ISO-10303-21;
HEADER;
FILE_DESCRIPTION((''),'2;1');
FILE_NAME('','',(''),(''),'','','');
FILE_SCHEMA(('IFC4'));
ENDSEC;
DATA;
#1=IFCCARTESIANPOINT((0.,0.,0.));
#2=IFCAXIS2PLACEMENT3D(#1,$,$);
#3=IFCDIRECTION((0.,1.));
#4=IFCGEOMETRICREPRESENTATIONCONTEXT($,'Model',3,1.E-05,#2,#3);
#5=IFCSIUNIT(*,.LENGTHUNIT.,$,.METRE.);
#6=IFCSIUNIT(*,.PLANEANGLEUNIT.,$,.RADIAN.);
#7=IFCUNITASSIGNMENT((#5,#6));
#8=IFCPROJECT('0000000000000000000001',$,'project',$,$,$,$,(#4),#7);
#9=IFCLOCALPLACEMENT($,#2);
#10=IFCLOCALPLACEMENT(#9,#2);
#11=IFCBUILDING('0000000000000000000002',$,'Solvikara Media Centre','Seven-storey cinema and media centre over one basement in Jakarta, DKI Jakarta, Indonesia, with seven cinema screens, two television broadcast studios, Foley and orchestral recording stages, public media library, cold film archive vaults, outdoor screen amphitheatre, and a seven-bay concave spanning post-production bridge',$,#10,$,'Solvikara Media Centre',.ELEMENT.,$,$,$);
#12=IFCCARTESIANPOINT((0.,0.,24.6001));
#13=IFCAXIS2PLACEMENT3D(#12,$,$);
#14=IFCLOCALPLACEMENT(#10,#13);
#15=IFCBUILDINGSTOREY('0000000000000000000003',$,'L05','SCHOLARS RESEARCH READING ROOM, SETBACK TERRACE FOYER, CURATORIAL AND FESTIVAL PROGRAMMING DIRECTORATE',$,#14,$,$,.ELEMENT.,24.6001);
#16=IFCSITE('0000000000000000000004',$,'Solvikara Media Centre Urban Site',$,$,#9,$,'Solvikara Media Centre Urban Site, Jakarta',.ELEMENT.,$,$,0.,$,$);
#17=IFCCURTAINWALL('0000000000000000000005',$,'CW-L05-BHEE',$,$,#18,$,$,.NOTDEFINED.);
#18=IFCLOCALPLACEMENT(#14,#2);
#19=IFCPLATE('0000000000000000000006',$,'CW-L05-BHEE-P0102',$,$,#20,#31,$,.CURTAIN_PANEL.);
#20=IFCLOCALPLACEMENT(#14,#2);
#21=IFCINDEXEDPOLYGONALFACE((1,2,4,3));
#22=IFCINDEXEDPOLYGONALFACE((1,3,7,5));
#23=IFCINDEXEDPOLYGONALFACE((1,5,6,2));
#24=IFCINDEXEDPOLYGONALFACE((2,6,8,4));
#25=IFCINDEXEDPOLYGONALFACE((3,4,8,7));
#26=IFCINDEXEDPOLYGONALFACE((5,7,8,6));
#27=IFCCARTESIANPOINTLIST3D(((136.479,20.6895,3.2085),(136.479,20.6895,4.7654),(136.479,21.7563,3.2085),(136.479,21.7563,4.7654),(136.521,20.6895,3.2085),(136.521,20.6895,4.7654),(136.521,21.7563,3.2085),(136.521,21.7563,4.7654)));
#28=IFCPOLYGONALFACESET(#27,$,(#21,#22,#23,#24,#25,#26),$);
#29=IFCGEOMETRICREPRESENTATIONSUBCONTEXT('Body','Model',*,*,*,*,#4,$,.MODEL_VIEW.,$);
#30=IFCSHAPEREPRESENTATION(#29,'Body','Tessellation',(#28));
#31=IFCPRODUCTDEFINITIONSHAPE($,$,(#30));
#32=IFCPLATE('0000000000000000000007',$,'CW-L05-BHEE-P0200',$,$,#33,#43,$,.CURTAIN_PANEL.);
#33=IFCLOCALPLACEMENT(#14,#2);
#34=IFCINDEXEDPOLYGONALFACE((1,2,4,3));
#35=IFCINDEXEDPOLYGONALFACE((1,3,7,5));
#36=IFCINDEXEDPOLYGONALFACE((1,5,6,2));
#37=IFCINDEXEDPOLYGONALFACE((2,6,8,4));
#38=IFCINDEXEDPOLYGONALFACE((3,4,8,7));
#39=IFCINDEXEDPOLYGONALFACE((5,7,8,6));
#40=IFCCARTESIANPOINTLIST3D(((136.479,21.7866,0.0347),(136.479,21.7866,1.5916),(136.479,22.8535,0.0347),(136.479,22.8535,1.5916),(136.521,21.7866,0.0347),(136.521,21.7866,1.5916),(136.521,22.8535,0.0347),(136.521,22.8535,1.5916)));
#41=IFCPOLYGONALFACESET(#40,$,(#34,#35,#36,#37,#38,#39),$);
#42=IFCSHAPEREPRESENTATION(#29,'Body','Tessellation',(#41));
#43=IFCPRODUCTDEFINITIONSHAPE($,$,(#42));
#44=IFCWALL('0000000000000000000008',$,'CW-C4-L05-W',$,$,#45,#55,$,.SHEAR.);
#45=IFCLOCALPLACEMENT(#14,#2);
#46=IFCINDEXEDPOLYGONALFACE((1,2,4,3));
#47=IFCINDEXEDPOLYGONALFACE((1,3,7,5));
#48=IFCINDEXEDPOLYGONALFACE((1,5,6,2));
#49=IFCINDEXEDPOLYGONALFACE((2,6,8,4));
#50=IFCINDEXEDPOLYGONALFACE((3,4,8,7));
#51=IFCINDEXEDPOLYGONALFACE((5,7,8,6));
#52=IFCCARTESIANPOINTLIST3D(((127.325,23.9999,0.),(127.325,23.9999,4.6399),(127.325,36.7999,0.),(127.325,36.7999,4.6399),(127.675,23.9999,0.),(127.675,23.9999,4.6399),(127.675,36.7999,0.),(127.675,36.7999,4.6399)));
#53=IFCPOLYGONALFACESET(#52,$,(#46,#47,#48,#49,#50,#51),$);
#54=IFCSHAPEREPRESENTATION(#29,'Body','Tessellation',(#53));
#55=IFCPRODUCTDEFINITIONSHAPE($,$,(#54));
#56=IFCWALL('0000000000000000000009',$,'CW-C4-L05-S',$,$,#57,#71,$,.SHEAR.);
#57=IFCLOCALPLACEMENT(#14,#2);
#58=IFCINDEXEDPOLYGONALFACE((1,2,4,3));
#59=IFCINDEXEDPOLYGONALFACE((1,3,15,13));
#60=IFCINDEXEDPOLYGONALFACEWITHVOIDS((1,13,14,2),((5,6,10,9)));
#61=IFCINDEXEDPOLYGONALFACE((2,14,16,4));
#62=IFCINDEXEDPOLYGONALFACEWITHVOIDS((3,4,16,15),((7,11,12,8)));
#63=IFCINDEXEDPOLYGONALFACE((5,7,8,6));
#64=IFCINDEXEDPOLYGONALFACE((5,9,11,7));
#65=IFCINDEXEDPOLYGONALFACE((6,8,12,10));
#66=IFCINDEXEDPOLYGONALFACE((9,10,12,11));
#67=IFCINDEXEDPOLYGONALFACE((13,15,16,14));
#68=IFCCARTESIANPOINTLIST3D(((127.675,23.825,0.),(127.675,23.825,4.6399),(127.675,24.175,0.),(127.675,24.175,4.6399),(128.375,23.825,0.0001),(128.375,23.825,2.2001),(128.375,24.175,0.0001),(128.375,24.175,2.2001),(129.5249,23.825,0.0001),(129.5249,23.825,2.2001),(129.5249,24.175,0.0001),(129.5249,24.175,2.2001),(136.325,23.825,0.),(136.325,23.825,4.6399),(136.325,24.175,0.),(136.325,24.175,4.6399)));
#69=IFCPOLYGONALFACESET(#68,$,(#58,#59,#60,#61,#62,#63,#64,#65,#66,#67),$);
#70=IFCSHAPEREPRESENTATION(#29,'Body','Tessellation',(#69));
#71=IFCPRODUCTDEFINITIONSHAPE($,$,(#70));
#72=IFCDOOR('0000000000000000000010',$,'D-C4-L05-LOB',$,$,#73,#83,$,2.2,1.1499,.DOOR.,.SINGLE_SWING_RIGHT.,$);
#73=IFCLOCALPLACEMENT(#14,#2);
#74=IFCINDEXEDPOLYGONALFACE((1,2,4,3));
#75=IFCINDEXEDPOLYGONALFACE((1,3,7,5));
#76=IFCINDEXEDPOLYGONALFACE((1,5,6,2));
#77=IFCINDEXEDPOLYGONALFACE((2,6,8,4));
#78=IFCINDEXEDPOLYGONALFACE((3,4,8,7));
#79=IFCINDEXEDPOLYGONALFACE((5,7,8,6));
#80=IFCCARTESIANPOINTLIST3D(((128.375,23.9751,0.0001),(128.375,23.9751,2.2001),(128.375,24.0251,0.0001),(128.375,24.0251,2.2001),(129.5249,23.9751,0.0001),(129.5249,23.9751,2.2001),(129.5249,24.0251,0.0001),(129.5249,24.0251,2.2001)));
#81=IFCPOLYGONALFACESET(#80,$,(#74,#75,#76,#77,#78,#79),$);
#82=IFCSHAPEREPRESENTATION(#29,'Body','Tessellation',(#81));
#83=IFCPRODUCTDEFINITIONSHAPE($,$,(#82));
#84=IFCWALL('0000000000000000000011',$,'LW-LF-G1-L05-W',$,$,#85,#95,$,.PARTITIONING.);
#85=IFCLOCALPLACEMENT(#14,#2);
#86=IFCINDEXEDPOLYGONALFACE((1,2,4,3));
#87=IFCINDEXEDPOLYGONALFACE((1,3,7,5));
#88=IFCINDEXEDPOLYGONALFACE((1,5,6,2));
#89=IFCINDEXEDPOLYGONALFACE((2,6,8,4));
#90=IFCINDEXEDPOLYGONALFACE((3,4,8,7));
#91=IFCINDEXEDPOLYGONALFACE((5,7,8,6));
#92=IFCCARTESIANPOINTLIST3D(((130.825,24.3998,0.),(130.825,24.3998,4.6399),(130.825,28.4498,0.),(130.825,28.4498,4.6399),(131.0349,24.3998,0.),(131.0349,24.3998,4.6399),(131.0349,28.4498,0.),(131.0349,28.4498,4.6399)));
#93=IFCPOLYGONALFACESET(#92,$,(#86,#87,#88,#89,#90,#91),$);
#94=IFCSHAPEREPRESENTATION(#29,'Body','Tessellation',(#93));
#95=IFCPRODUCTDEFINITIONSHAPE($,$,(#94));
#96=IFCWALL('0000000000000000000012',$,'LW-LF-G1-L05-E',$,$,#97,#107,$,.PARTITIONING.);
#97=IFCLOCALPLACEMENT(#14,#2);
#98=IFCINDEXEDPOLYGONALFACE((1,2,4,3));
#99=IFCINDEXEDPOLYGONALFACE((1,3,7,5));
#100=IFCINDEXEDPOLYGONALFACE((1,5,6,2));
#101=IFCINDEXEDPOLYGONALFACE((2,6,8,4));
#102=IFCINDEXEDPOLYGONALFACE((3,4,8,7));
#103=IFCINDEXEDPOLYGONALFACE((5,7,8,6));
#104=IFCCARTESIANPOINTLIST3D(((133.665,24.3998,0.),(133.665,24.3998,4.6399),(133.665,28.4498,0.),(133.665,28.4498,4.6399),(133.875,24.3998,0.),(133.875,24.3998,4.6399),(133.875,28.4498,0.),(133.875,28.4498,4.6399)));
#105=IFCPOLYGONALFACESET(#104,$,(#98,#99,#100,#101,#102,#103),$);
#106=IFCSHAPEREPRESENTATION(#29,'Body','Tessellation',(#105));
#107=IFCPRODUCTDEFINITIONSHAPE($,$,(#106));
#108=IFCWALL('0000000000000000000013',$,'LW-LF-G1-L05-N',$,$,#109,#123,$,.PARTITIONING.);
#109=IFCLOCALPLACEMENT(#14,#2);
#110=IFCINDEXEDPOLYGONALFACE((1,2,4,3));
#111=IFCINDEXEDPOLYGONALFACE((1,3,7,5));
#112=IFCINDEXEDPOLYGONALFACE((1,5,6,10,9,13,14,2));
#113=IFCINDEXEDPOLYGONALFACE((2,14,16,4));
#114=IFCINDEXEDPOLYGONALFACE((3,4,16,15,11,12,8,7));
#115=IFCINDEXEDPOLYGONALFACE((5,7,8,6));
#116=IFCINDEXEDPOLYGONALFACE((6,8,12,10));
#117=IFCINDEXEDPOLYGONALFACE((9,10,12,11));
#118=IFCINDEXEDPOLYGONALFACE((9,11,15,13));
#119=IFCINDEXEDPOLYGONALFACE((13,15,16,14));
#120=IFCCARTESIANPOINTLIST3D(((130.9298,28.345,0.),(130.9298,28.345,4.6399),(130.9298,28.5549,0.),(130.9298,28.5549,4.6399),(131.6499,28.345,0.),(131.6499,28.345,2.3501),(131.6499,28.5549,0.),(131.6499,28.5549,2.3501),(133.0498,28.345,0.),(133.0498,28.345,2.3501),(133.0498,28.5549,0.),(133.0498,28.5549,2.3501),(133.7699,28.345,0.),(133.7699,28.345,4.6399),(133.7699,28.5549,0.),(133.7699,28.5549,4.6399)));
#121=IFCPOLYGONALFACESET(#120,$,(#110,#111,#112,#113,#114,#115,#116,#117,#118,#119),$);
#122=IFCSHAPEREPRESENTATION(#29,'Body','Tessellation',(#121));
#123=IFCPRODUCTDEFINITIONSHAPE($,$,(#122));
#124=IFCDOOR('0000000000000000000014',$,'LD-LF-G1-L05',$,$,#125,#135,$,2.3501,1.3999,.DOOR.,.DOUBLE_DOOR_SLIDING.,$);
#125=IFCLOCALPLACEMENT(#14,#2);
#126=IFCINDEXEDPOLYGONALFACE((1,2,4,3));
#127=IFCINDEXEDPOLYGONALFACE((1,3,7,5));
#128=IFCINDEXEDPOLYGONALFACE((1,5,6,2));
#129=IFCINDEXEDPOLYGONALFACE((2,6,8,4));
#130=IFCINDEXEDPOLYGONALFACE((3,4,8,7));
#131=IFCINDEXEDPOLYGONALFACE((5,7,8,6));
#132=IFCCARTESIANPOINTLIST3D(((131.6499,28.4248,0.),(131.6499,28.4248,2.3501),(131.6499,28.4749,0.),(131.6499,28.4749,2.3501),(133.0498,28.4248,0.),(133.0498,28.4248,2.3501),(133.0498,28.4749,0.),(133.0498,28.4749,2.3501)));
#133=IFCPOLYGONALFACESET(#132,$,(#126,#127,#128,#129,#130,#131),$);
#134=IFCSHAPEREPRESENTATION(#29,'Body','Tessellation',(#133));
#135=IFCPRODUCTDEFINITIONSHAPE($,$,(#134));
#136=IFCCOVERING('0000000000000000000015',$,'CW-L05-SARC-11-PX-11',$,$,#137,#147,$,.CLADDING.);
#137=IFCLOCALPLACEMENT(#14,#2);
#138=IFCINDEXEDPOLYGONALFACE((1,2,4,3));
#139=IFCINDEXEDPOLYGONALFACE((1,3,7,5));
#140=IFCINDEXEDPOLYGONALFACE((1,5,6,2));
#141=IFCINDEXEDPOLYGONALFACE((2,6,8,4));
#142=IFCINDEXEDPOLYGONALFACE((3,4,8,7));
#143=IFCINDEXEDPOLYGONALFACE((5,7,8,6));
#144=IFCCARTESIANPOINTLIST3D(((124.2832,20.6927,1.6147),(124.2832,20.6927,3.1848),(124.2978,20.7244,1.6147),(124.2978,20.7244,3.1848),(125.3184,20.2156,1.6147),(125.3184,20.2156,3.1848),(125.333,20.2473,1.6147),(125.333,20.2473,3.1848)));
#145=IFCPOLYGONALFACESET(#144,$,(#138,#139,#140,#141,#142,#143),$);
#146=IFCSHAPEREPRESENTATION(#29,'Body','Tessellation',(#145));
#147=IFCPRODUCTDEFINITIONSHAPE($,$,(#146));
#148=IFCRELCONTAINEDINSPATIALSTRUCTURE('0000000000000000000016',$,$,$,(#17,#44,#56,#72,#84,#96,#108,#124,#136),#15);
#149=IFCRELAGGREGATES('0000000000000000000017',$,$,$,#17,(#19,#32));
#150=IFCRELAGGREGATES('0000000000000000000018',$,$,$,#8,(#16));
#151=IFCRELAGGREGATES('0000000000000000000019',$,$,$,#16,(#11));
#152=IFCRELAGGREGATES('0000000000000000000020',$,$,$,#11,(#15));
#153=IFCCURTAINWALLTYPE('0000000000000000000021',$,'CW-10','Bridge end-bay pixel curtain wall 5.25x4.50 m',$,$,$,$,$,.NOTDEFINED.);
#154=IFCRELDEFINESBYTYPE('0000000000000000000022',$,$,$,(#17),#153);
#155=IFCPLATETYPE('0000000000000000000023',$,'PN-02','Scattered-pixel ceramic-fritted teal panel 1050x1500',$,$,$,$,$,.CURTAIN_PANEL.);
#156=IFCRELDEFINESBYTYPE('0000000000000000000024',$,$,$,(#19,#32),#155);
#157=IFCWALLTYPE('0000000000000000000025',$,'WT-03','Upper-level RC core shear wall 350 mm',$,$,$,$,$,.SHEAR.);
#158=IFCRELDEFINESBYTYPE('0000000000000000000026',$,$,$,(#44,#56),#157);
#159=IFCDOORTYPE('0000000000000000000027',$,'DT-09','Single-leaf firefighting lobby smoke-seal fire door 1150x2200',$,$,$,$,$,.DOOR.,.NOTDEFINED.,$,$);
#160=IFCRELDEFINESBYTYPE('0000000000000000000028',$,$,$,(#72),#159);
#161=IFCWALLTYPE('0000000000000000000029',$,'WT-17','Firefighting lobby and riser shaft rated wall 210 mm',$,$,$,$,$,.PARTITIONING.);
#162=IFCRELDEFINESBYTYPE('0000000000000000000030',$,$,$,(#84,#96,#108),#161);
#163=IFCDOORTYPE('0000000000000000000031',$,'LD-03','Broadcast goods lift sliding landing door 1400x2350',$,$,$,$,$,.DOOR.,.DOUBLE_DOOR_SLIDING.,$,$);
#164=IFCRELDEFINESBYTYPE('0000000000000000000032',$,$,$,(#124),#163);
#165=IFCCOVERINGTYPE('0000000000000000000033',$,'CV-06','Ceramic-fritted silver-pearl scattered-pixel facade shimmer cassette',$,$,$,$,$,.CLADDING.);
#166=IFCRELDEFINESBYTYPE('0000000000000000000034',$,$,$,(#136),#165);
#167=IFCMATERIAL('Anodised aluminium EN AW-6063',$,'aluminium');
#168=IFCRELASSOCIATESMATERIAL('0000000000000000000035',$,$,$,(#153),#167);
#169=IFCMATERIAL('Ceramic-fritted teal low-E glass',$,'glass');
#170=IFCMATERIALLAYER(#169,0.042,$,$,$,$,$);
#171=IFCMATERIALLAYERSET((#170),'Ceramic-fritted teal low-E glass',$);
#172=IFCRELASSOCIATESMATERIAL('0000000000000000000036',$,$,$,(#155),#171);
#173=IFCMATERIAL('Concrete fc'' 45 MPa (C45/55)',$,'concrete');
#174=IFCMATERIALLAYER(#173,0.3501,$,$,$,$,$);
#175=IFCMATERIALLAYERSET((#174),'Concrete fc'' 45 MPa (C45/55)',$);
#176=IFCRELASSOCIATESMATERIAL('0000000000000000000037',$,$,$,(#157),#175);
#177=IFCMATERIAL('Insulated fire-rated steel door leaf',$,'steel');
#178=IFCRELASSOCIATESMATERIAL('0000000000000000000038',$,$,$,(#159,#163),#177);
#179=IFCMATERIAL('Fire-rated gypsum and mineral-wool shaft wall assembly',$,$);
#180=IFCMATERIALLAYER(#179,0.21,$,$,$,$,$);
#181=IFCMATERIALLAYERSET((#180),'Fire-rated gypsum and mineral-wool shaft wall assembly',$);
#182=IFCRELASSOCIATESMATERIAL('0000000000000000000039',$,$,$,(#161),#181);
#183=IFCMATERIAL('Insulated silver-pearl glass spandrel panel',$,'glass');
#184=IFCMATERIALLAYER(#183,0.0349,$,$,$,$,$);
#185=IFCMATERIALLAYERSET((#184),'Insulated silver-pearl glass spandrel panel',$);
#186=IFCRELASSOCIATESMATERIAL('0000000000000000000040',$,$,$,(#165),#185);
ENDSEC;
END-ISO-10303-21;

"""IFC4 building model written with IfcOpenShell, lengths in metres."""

from ifc_helpers import new_model, si_unit, direction, frame, frame_2d, origin, origin_2d, place, context, subcontext, project, spatial, rectangle, extrude, material, layer, layer_set, type_object, element, fill, aggregate, save


model = new_model("IFC4")

# Units and contexts
model_context = context("Model", 3, precision=1e-05, world=origin(), true_north=direction((0.0, 1.0)))
body_context = subcontext(model_context, "Body", "Model", "MODEL_VIEW")
ifc_project = project(units=[si_unit("LENGTHUNIT", "METRE"), si_unit("PLANEANGLEUNIT", "RADIAN")], contexts=[model_context])

# Site, building, storey
site_placement = place(None, origin())
site = spatial("IfcSite", under=ifc_project, at=site_placement, Name="Solvikara Media Centre Urban Site", LongName="Solvikara Media Centre Urban Site, Jakarta", CompositionType="ELEMENT", RefElevation=0.0)
building_placement = place(site_placement, origin())
building = spatial("IfcBuilding", under=site, at=building_placement, Name="Solvikara Media Centre", Description="Seven-storey cinema and media centre over one basement in Jakarta, DKI Jakarta, Indonesia, with seven cinema screens, two television broadcast studios, Foley and orchestral recording stages, public media library, cold film archive vaults, outdoor screen amphitheatre, and a seven-bay concave spanning post-production bridge", LongName="Solvikara Media Centre", CompositionType="ELEMENT")
storey_placement = place(building_placement, frame((0.0, 0.0, 24.6001)))
storey = spatial("IfcBuildingStorey", under=building, at=storey_placement, Name="L05", Description="SCHOLARS RESEARCH READING ROOM, SETBACK TERRACE FOYER, CURATORIAL AND FESTIVAL PROGRAMMING DIRECTORATE", CompositionType="ELEMENT", Elevation=24.6001)

# Shared definitions
ifc_material_1 = material(Name="Anodised aluminium EN AW-6063", Category="aluminium")

# Curtain wall
curtain_wall_type_1 = type_object("IfcCurtainWallType", Name="CW-10", Description="Bridge end-bay pixel curtain wall 5.25x4.50 m", PredefinedType="NOTDEFINED", material=ifc_material_1)
curtain_wall_1_placement = place(storey_placement, origin())
curtain_wall_1 = element("IfcCurtainWall", 1, at=curtain_wall_1_placement, inside=storey, type_object=curtain_wall_type_1, Name="CW-L05-BHEE", PredefinedType="NOTDEFINED")

# Plates
ifc_material_2 = material(Name="Ceramic-fritted teal low-E glass", Category="glass")
ifc_layer_1 = layer(ifc_material_2, 0.042)
ifc_layer_set_1 = layer_set([ifc_layer_1], Name="Ceramic-fritted teal low-E glass")
plate_type_1 = type_object("IfcPlateType", Name="PN-02", Description="Scattered-pixel ceramic-fritted teal panel 1050x1500", PredefinedType="CURTAIN_PANEL", material=ifc_layer_set_1)
plate_1_placement = place(storey_placement, frame((136.5, 21.2229, 3.2085), z_axis=(0.0, 0.0, 1.0), x_axis=(0.0, 1.0, 0.0)))
plate_1 = element("IfcPlate", 2, at=plate_1_placement, type_object=plate_type_1, Name="CW-L05-BHEE-P0102", PredefinedType="CURTAIN_PANEL", context=body_context, shape_type="SweptSolid", body=[
    extrude(rectangle(XDim=1.0669, YDim=0.042, at=origin_2d()), origin(), (0.0, 0.0, 1.0), 1.5569),
])
plate_2_placement = place(storey_placement, frame((136.5, 22.3201, 0.0347), z_axis=(0.0, 0.0, 1.0), x_axis=(0.0, 1.0, 0.0)))
plate_2 = element("IfcPlate", 3, at=plate_2_placement, type_object=plate_type_1, Name="CW-L05-BHEE-P0200", PredefinedType="CURTAIN_PANEL", context=body_context, shape_type="SweptSolid", body=[
    extrude(rectangle(XDim=1.0669, YDim=0.042, at=origin_2d()), origin(), (0.0, 0.0, 1.0), 1.5569),
])
aggregate(curtain_wall_1, [plate_1, plate_2])

# Wall
ifc_material_3 = material(Name="Concrete fc' 45 MPa (C45/55)", Category="concrete")
ifc_layer_2 = layer(ifc_material_3, 0.3501)
ifc_layer_set_2 = layer_set([ifc_layer_2], Name="Concrete fc' 45 MPa (C45/55)")
wall_type_1 = type_object("IfcWallType", Name="WT-03", Description="Upper-level RC core shear wall 350 mm", PredefinedType="SHEAR", material=ifc_layer_set_2)
wall_1_placement = place(storey_placement, frame((127.5, 24.0, 0.0), z_axis=(0.0, 0.0, 1.0), x_axis=(0.0, 1.0, 0.0)))
element("IfcWall", 4, at=wall_1_placement, inside=storey, type_object=wall_type_1, Name="CW-C4-L05-W", PredefinedType="SHEAR", context=body_context, shape_type="SweptSolid", body=[
    extrude(rectangle(XDim=12.8, YDim=0.3501, at=frame_2d((6.3999, 0.0))), origin(), (0.0, 0.0, 1.0), 4.6399),
])

# Wall, opening, door
wall_2_placement = place(storey_placement, frame((127.675, 24.0, 0.0), z_axis=(0.0, 0.0, 1.0), x_axis=(1.0, 0.0, 0.0)))
wall_2 = element("IfcWall", 5, at=wall_2_placement, inside=storey, type_object=wall_type_1, Name="CW-C4-L05-S", PredefinedType="SHEAR", context=body_context, shape_type="SweptSolid", body=[
    extrude(rectangle(XDim=8.6499, YDim=0.3501, at=frame_2d((4.325, 0.0))), origin(), (0.0, 0.0, 1.0), 4.6399),
])
opening_1_placement = place(wall_2_placement, frame((0.7, 0.0, 0.0)))
opening_1 = element("IfcOpeningElement", 6, at=opening_1_placement, cuts=wall_2, PredefinedType="OPENING", context=body_context, shape_type="SweptSolid", body=[
    extrude(rectangle(XDim=1.1499, YDim=2.2, at=frame_2d((0.575, 1.1001))), frame((0.0, 0.187, 0.0), z_axis=(0.0, -1.0, 0.0), x_axis=(1.0, 0.0, 0.0)), (0.0, 0.0, 1.0), 0.374),
])
ifc_material_4 = material(Name="Insulated fire-rated steel door leaf", Category="steel")
door_type_1 = type_object("IfcDoorType", Name="DT-09", Description="Single-leaf firefighting lobby smoke-seal fire door 1150x2200", OperationType="NOTDEFINED", PredefinedType="DOOR", material=ifc_material_4)
door_1_placement = place(opening_1_placement, frame((1.1499, 0.0, 0.0), z_axis=(0.0, 0.0, 1.0), x_axis=(-1.0, 0.0, 0.0)))
door_1 = element("IfcDoor", 7, at=door_1_placement, inside=storey, type_object=door_type_1, Name="D-C4-L05-LOB", OperationType="SINGLE_SWING_RIGHT", OverallHeight=2.2, OverallWidth=1.1499, PredefinedType="DOOR", context=body_context, shape_type="SweptSolid", body=[
    extrude(rectangle(XDim=1.1499, YDim=2.2, at=frame_2d((0.575, 1.1001))), frame((0.0, 0.0249, 0.0), z_axis=(0.0, -1.0, 0.0), x_axis=(1.0, 0.0, 0.0)), (0.0, 0.0, 1.0), 0.05),
])
fill(opening_1, door_1)

# Walls
ifc_material_5 = material(Name="Fire-rated gypsum and mineral-wool shaft wall assembly")
ifc_layer_3 = layer(ifc_material_5, 0.21)
ifc_layer_set_3 = layer_set([ifc_layer_3], Name="Fire-rated gypsum and mineral-wool shaft wall assembly")
wall_type_2 = type_object("IfcWallType", Name="WT-17", Description="Firefighting lobby and riser shaft rated wall 210 mm", PredefinedType="PARTITIONING", material=ifc_layer_set_3)
for number, where, z_axis, x_axis, name in (
    (8, (130.9299, 24.3999, 0.0), (0.0, 0.0, 1.0), (0.0, 1.0, 0.0), "LW-LF-G1-L05-W"),
    (9, (133.77, 24.3999, 0.0), (0.0, 0.0, 1.0), (0.0, 1.0, 0.0), "LW-LF-G1-L05-E"),
):
    element("IfcWall", number, at=place(storey_placement, frame(where, z_axis=z_axis, x_axis=x_axis)), inside=storey, type_object=wall_type_2, Name=name, PredefinedType="PARTITIONING", context=body_context, shape_type="SweptSolid", body=[
        extrude(rectangle(XDim=4.05, YDim=0.21, at=frame_2d((2.0249, 0.0))), origin(), (0.0, 0.0, 1.0), 4.6399),
    ])

# Wall, opening, door
wall_3_placement = place(storey_placement, frame((130.9299, 28.45, 0.0), z_axis=(0.0, 0.0, 1.0), x_axis=(1.0, 0.0, 0.0)))
wall_3 = element("IfcWall", 10, at=wall_3_placement, inside=storey, type_object=wall_type_2, Name="LW-LF-G1-L05-N", PredefinedType="PARTITIONING", context=body_context, shape_type="SweptSolid", body=[
    extrude(rectangle(XDim=2.8401, YDim=0.21, at=frame_2d((1.4199, 0.0))), origin(), (0.0, 0.0, 1.0), 4.6399),
])
opening_2_placement = place(wall_3_placement, frame((0.72, 0.0, 0.0)))
opening_2 = element("IfcOpeningElement", 11, at=opening_2_placement, cuts=wall_3, PredefinedType="OPENING", context=body_context, shape_type="SweptSolid", body=[
    extrude(rectangle(XDim=1.3999, YDim=2.3501, at=frame_2d((0.7, 1.175))), frame((0.0, 0.1169, 0.0), z_axis=(0.0, -1.0, 0.0), x_axis=(1.0, 0.0, 0.0)), (0.0, 0.0, 1.0), 0.2339),
])
door_type_2 = type_object("IfcDoorType", Name="LD-03", Description="Broadcast goods lift sliding landing door 1400x2350", OperationType="DOUBLE_DOOR_SLIDING", PredefinedType="DOOR", material=ifc_material_4)
door_2_placement = place(opening_2_placement, origin())
door_2 = element("IfcDoor", 12, at=door_2_placement, inside=storey, type_object=door_type_2, Name="LD-LF-G1-L05", OperationType="DOUBLE_DOOR_SLIDING", OverallHeight=2.3501, OverallWidth=1.3999, PredefinedType="DOOR", context=body_context, shape_type="SweptSolid", body=[
    extrude(rectangle(XDim=1.3999, YDim=2.3501, at=frame_2d((0.7, 1.175))), frame((0.0, 0.0249, 0.0), z_axis=(0.0, -1.0, 0.0), x_axis=(1.0, 0.0, 0.0)), (0.0, 0.0, 1.0), 0.05),
])
fill(opening_2, door_2)

# Covering
ifc_material_6 = material(Name="Insulated silver-pearl glass spandrel panel", Category="glass")
ifc_layer_4 = layer(ifc_material_6, 0.0349)
ifc_layer_set_4 = layer_set([ifc_layer_4], Name="Insulated silver-pearl glass spandrel panel")
covering_type = type_object("IfcCoveringType", Name="CV-06", Description="Ceramic-fritted silver-pearl scattered-pixel facade shimmer cassette", PredefinedType="CLADDING", material=ifc_layer_set_4)
covering_placement = place(storey_placement, frame((124.8081, 20.47, 1.6147), z_axis=(0.0, 0.0, 1.0), x_axis=(0.908187, -0.418565, 0.0)))
element("IfcCovering", 13, at=covering_placement, inside=storey, type_object=covering_type, Name="CW-L05-SARC-11-PX-11", PredefinedType="CLADDING", context=body_context, shape_type="SweptSolid", body=[
    extrude(rectangle(XDim=1.1399, YDim=0.0349, at=origin_2d()), origin(), (0.0, 0.0, 1.0), 1.5701),
])

save(model, "model.ifc")
